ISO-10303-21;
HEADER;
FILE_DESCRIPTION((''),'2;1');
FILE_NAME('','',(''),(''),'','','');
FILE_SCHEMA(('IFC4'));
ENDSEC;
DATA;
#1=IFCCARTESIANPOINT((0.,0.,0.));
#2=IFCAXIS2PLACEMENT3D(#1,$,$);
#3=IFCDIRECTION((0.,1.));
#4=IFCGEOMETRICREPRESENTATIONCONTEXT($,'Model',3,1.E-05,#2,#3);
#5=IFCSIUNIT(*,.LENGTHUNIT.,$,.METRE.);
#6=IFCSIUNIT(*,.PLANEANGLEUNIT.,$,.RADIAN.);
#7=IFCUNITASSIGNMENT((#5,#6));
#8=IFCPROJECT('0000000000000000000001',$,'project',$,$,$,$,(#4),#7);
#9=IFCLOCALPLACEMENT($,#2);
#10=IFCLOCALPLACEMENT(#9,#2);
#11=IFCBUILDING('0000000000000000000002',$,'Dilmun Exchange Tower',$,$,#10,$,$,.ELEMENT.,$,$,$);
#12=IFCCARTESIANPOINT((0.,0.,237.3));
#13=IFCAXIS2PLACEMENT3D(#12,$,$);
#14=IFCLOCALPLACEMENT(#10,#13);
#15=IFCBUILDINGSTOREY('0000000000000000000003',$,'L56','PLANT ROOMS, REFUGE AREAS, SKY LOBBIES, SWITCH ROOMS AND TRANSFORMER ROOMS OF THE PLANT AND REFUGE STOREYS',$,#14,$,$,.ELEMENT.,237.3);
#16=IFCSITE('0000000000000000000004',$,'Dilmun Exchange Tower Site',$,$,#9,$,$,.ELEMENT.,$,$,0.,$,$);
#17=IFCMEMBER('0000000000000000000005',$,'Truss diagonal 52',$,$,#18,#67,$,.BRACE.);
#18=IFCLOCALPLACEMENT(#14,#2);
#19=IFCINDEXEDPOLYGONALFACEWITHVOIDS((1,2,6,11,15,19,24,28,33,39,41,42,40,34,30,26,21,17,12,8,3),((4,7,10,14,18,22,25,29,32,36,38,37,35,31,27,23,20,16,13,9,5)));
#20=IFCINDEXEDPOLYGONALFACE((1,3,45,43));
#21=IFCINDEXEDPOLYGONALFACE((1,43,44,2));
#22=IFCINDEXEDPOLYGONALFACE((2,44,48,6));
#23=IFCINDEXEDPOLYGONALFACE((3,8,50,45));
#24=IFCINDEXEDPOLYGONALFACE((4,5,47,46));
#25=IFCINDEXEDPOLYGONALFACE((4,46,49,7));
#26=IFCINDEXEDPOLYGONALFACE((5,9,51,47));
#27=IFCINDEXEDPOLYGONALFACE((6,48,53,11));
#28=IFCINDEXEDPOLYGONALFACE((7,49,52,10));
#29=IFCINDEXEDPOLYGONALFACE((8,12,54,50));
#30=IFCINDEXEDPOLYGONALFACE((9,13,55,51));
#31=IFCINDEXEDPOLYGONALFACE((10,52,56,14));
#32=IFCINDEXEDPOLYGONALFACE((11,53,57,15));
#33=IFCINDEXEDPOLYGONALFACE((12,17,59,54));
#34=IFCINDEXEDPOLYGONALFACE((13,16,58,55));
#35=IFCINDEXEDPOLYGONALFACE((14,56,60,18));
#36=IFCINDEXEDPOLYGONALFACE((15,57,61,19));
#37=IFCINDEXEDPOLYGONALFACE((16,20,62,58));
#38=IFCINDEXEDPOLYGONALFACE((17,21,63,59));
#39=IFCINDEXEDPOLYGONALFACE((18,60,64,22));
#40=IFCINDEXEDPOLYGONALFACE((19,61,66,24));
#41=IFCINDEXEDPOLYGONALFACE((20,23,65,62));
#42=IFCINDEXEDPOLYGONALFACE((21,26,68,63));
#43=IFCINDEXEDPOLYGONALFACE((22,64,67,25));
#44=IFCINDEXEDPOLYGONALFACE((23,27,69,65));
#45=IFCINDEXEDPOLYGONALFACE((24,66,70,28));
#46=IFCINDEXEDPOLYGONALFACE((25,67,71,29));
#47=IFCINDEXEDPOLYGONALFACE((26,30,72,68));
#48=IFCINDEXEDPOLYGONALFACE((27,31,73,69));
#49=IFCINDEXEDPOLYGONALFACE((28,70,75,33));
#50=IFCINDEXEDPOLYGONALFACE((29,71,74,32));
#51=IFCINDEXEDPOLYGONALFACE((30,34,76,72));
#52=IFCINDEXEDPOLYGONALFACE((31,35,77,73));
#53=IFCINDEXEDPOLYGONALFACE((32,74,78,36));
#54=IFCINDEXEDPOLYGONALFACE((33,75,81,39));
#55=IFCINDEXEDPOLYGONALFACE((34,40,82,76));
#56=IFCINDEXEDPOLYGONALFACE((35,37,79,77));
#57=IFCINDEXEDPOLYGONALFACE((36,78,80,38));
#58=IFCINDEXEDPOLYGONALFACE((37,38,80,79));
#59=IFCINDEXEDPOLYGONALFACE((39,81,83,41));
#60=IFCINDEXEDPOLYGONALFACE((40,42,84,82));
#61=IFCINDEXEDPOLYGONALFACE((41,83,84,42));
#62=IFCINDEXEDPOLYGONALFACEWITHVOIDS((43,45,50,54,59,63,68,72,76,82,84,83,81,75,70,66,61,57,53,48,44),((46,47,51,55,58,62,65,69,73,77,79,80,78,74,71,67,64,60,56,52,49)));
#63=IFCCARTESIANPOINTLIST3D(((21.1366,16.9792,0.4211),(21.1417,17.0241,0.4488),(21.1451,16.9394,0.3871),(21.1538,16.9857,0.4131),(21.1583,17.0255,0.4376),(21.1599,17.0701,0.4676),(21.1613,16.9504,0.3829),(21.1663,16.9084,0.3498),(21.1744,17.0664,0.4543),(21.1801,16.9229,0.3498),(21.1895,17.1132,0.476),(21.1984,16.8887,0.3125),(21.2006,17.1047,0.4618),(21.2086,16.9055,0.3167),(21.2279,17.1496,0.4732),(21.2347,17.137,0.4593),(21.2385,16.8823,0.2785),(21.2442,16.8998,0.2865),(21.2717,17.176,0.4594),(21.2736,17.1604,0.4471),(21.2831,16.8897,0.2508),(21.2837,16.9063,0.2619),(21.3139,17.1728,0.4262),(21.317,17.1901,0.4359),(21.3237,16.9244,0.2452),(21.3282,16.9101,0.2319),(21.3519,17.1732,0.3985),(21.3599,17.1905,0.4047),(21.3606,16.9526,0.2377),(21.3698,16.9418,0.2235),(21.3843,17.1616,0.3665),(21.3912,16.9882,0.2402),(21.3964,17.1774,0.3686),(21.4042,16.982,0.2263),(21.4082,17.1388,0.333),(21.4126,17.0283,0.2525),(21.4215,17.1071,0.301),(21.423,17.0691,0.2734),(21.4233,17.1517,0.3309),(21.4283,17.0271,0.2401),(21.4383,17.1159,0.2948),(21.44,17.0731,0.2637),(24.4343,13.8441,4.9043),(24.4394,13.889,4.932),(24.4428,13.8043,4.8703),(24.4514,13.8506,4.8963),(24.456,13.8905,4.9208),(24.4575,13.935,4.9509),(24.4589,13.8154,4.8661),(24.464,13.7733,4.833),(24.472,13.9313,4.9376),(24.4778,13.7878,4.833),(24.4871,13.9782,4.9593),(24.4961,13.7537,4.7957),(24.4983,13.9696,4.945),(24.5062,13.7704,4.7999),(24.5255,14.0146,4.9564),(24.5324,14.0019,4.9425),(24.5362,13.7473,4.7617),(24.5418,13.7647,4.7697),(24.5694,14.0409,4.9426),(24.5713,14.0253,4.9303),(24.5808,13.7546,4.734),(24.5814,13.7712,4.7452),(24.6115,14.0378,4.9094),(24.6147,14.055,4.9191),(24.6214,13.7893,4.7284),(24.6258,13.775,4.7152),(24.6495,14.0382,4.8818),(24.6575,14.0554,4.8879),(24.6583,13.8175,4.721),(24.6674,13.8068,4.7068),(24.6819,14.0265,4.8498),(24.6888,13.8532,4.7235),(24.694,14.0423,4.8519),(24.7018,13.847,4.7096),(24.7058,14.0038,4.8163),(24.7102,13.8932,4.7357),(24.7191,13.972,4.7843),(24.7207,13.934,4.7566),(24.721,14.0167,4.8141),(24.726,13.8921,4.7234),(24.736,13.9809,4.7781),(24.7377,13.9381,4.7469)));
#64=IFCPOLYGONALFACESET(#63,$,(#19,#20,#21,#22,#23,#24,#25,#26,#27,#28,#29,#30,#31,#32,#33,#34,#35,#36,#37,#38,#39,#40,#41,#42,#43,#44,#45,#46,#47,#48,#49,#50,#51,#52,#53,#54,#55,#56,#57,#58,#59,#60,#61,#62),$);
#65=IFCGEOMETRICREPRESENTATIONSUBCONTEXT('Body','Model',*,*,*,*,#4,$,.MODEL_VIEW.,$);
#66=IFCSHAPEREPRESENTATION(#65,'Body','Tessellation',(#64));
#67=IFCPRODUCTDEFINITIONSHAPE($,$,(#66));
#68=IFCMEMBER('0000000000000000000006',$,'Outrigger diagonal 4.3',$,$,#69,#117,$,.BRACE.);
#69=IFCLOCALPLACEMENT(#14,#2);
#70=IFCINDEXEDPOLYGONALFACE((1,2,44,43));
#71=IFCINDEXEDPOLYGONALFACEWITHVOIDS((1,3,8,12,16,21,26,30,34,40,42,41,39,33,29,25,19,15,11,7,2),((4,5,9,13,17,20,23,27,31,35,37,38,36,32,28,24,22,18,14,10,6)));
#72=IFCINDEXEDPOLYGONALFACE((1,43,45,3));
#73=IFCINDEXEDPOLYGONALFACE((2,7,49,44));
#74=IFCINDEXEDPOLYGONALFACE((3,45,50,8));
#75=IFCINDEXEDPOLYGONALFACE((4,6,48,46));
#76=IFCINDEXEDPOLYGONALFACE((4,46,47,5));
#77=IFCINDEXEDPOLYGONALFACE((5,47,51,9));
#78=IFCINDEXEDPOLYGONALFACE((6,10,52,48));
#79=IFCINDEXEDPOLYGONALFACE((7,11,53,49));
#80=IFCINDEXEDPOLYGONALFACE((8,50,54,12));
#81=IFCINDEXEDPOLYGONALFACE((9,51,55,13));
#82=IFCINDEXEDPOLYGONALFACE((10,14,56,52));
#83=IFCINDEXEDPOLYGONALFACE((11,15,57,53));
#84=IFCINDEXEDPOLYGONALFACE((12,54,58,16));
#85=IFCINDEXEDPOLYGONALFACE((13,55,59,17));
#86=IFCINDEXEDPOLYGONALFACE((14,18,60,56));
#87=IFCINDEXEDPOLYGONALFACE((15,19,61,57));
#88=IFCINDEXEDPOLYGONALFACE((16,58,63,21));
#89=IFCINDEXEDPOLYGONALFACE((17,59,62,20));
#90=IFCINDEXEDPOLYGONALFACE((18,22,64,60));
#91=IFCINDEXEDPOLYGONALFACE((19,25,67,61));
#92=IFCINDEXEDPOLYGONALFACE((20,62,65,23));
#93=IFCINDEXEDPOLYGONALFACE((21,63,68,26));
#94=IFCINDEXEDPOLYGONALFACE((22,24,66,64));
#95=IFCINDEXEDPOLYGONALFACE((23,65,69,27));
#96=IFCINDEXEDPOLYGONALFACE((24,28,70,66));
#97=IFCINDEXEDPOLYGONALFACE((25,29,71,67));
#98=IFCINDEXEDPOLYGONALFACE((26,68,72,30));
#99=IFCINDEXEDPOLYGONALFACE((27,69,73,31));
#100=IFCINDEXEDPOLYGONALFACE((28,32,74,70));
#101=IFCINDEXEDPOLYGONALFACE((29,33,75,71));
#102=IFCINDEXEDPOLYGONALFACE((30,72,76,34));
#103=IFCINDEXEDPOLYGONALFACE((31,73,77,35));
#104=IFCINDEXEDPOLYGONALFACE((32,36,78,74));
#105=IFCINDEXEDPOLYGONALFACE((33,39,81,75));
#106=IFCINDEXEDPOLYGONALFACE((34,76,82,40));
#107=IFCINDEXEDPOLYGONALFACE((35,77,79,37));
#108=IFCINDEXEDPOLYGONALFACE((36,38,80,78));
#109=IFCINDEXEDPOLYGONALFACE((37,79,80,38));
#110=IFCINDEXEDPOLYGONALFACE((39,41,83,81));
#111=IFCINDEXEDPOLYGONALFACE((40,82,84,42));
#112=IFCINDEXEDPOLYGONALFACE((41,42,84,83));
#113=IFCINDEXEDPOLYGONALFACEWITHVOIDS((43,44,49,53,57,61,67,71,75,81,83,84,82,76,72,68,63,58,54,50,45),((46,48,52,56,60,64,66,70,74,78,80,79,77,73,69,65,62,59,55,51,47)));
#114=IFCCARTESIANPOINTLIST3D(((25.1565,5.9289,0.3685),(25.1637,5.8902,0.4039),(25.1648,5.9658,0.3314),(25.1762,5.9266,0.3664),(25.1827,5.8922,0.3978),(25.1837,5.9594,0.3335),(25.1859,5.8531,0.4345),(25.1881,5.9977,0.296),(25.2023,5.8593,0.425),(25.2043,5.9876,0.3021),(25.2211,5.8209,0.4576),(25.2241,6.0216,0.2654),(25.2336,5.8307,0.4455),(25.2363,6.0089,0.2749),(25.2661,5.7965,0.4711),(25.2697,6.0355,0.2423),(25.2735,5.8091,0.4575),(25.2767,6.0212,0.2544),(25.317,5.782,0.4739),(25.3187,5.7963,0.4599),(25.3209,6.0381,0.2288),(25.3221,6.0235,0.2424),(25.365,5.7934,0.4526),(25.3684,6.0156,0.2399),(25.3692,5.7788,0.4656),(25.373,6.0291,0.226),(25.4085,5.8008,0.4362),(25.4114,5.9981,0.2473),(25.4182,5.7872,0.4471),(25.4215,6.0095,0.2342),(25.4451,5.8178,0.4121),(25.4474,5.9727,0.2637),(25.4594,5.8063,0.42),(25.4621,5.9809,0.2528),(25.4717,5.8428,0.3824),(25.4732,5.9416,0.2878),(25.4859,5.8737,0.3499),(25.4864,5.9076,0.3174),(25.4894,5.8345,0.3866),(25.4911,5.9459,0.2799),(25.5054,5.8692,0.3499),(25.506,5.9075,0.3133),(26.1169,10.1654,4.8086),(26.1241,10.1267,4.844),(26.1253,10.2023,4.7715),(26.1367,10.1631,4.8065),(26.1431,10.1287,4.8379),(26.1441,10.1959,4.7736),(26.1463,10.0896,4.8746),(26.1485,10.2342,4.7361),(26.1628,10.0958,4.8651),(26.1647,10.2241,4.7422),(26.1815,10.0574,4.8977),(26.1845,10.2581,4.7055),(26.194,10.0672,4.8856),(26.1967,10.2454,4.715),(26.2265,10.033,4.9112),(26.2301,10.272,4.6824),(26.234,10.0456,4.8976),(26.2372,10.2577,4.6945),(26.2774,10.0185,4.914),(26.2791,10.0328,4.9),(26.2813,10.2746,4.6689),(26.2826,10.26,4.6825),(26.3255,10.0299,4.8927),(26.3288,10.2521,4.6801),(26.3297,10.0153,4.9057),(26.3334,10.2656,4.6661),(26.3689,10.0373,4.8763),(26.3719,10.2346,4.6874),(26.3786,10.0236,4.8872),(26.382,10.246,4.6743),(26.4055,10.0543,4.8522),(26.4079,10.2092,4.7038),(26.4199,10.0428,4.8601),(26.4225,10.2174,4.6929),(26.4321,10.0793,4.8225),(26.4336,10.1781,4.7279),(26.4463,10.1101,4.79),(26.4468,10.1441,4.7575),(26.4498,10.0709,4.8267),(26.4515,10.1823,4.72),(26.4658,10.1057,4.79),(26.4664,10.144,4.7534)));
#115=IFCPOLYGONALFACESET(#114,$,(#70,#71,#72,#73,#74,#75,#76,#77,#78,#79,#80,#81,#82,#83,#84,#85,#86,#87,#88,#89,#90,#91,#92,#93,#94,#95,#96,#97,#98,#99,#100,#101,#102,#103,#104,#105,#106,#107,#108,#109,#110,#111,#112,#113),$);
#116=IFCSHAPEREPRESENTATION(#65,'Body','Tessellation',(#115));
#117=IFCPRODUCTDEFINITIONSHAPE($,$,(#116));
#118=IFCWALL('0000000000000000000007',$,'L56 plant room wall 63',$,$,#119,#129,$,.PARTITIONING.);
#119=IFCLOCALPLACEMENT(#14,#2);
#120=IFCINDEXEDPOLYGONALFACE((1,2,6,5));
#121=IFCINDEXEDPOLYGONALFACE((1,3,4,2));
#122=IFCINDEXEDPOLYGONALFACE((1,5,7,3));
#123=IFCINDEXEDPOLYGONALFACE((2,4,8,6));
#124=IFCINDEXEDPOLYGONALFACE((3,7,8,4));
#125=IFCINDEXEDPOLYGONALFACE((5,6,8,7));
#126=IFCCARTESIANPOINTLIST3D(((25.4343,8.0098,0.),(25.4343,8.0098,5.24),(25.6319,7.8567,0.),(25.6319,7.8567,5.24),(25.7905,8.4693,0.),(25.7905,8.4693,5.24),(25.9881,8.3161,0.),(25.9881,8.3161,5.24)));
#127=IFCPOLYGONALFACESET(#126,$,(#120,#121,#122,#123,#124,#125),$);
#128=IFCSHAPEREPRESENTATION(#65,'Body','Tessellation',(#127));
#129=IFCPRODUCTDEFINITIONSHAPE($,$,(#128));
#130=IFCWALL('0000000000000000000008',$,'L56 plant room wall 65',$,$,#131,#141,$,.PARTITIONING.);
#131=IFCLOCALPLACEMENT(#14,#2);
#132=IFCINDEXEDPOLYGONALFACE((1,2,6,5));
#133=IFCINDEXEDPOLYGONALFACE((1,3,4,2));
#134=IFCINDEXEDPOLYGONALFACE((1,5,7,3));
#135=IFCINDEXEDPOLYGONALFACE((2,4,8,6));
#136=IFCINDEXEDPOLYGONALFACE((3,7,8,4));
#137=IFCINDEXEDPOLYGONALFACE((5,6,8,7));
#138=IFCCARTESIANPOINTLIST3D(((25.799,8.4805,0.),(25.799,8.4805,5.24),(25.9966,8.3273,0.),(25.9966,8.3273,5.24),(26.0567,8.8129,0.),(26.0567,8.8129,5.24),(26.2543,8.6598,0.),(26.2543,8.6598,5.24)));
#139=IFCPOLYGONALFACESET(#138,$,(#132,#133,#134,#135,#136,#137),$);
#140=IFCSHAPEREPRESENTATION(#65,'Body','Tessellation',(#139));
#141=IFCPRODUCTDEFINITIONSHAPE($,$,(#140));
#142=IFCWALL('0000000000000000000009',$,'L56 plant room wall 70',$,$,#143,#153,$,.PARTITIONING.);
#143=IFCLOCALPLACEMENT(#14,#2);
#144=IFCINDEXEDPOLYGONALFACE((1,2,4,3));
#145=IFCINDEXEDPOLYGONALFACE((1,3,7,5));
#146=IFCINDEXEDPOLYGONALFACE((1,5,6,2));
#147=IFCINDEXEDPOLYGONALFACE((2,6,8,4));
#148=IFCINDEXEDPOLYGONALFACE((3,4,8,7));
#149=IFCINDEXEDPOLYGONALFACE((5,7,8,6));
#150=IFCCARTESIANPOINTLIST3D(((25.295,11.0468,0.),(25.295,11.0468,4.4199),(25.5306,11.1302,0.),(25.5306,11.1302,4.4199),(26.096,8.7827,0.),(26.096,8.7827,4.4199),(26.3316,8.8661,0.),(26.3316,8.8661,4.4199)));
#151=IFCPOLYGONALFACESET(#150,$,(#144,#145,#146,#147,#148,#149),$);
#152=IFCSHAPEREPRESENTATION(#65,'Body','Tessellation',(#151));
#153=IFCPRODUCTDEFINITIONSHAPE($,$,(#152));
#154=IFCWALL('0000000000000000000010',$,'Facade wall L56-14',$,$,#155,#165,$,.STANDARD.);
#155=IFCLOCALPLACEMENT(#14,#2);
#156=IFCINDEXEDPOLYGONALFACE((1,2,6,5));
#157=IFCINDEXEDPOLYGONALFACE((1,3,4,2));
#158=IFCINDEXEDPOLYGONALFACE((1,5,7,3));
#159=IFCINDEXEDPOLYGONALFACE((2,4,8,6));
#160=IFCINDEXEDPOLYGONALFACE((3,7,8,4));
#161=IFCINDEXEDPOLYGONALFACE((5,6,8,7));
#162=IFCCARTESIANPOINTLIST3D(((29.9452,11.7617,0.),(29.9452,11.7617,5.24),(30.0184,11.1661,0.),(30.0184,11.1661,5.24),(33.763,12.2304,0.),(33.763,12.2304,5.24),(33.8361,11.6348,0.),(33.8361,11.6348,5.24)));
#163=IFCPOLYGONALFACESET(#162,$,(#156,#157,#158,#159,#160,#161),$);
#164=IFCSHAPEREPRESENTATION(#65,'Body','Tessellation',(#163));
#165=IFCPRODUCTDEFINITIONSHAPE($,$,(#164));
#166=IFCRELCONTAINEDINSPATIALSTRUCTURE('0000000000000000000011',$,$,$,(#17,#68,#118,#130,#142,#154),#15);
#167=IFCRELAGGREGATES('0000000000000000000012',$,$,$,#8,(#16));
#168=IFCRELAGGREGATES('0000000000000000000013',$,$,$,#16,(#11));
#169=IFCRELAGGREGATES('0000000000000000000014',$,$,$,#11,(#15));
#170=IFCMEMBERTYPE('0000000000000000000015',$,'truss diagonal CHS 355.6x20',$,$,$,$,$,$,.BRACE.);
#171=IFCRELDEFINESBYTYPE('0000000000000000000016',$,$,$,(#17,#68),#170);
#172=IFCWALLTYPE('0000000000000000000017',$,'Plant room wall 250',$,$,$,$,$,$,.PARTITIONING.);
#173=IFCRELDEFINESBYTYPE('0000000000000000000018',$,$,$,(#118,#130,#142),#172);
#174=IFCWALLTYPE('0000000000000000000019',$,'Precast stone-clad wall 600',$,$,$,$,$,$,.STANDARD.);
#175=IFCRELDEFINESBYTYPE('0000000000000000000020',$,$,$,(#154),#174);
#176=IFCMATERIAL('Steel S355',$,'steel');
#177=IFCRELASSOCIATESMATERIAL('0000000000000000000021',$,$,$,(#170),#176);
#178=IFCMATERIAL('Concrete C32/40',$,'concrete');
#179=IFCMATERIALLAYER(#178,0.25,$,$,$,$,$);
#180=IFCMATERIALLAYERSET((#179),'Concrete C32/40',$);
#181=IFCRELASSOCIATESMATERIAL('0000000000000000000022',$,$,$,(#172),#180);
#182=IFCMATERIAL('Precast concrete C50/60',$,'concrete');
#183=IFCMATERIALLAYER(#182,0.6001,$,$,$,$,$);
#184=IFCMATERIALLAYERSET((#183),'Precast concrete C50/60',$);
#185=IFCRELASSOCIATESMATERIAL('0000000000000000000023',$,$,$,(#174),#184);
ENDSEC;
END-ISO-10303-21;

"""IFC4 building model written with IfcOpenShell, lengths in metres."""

from ifc_helpers import new_model, si_unit, direction, frame, frame_2d, origin, origin_2d, place, context, subcontext, project, spatial, rectangle, hollow_circle, extrude, material, layer, layer_set, material_profile, profile_set, type_object, element, save


model = new_model("IFC4")

# Units and contexts
model_context = context("Model", 3, precision=1e-05, world=origin(), true_north=direction((0.0, 1.0)))
body_context = subcontext(model_context, "Body", "Model", "MODEL_VIEW")
ifc_project = project(units=[si_unit("LENGTHUNIT", "METRE"), si_unit("PLANEANGLEUNIT", "RADIAN")], contexts=[model_context])

# Site, building, storey
site_placement = place(None, origin())
site = spatial("IfcSite", under=ifc_project, at=site_placement, Name="Dilmun Exchange Tower Site", CompositionType="ELEMENT", RefElevation=0.0)
building_placement = place(site_placement, origin())
building = spatial("IfcBuilding", under=site, at=building_placement, Name="Dilmun Exchange Tower", CompositionType="ELEMENT")
storey_placement = place(building_placement, frame((0.0, 0.0, 237.3)))
storey = spatial("IfcBuildingStorey", under=building, at=storey_placement, Name="L56", Description="PLANT ROOMS, REFUGE AREAS, SKY LOBBIES, SWITCH ROOMS AND TRANSFORMER ROOMS OF THE PLANT AND REFUGE STOREYS", CompositionType="ELEMENT", Elevation=237.3)

# Shared definitions
ifc_material_1 = material(Name="Steel S355", Category="steel")

# Members
ifc_material_profile_1 = material_profile(ifc_material_1, hollow_circle(Radius=0.1777, WallThickness=0.02, at=origin_2d()), Name="CHS 355.6x20")
ifc_profile_set_1 = profile_set([ifc_material_profile_1], Name="Steel S355")
member_type = type_object("IfcMemberType", Name="truss diagonal CHS 355.6x20", PredefinedType="BRACE", material=ifc_profile_set_1)
member_1_placement = place(storey_placement, frame((24.5864, 13.9021, 4.833), z_axis=(-0.516253, 0.490798, -0.701855), x_axis=(-0.689013, -0.724749, 0.0)))
element("IfcMember", 1, at=member_1_placement, inside=storey, type_object=member_type, Name="Truss diagonal 52", PredefinedType="BRACE", context=body_context, shape_type="SweptSolid", body=[
    extrude(hollow_circle(Radius=0.1777, WallThickness=0.02, at=origin_2d()), origin(), (0.0, 0.0, 1.0), 6.3877),
])
member_2_placement = place(storey_placement, frame((26.2925, 10.145, 4.79), z_axis=(-0.154617, -0.682022, -0.7148), x_axis=(0.975253, -0.221094, 0.0)))
element("IfcMember", 2, at=member_2_placement, inside=storey, type_object=member_type, Name="Outrigger diagonal 4.3", PredefinedType="BRACE", context=body_context, shape_type="SweptSolid", body=[
    extrude(hollow_circle(Radius=0.1777, WallThickness=0.02, at=origin_2d()), origin(), (0.0, 0.0, 1.0), 6.2117),
])

# Walls
ifc_material_2 = material(Name="Concrete C32/40", Category="concrete")
ifc_layer_1 = layer(ifc_material_2, 0.25)
ifc_layer_set_1 = layer_set([ifc_layer_1], Name="Concrete C32/40")
wall_type_1 = type_object("IfcWallType", Name="Plant room wall 250", PredefinedType="PARTITIONING", material=ifc_layer_set_1)
wall_1_placement = place(storey_placement, frame((25.5332, 7.9333, 0.0), z_axis=(0.0, 0.0, 1.0), x_axis=(0.61269, 0.790324, 0.0)))
element("IfcWall", 3, at=wall_1_placement, inside=storey, type_object=wall_type_1, Name="L56 plant room wall 63", PredefinedType="PARTITIONING", context=body_context, shape_type="SweptSolid", body=[
    extrude(rectangle(XDim=0.5813, YDim=0.25, at=frame_2d((0.2905, 0.0))), origin(), (0.0, 0.0, 1.0), 5.24),
])
wall_2_placement = place(storey_placement, frame((25.8977, 8.4038, 0.0), z_axis=(0.0, 0.0, 1.0), x_axis=(0.612735, 0.790289, 0.0)))
element("IfcWall", 4, at=wall_2_placement, inside=storey, type_object=wall_type_1, Name="L56 plant room wall 65", PredefinedType="PARTITIONING", context=body_context, shape_type="SweptSolid", body=[
    extrude(rectangle(XDim=0.4207, YDim=0.25, at=frame_2d((0.2104, 0.0))), origin(), (0.0, 0.0, 1.0), 5.24),
])
wall_3_placement = place(storey_placement, frame((25.4128, 11.0884, 0.0), z_axis=(0.0, 0.0, 1.0), x_axis=(0.333527, -0.94274, 0.0)))
element("IfcWall", 5, at=wall_3_placement, inside=storey, type_object=wall_type_1, Name="L56 plant room wall 70", PredefinedType="PARTITIONING", context=body_context, shape_type="SweptSolid", body=[
    extrude(rectangle(XDim=2.4016, YDim=0.25, at=frame_2d((1.2007, 0.0))), origin(), (0.0, 0.0, 1.0), 4.4199),
])
ifc_material_3 = material(Name="Precast concrete C50/60", Category="concrete")
ifc_layer_2 = layer(ifc_material_3, 0.6001)
ifc_layer_set_2 = layer_set([ifc_layer_2], Name="Precast concrete C50/60")
wall_type_2 = type_object("IfcWallType", Name="Precast stone-clad wall 600", PredefinedType="STANDARD", material=ifc_layer_set_2)
wall_4_placement = place(storey_placement, frame((29.9817, 11.4639, 0.0), z_axis=(0.0, 0.0, 1.0), x_axis=(0.992547, 0.121863, 0.0)))
element("IfcWall", 6, at=wall_4_placement, inside=storey, type_object=wall_type_2, Name="Facade wall L56-14", PredefinedType="STANDARD", context=body_context, shape_type="SweptSolid", body=[
    extrude(rectangle(XDim=3.8464, YDim=0.6001, at=frame_2d((1.9233, 0.0))), origin(), (0.0, 0.0, 1.0), 5.24),
])

save(model, "model.ifc")
